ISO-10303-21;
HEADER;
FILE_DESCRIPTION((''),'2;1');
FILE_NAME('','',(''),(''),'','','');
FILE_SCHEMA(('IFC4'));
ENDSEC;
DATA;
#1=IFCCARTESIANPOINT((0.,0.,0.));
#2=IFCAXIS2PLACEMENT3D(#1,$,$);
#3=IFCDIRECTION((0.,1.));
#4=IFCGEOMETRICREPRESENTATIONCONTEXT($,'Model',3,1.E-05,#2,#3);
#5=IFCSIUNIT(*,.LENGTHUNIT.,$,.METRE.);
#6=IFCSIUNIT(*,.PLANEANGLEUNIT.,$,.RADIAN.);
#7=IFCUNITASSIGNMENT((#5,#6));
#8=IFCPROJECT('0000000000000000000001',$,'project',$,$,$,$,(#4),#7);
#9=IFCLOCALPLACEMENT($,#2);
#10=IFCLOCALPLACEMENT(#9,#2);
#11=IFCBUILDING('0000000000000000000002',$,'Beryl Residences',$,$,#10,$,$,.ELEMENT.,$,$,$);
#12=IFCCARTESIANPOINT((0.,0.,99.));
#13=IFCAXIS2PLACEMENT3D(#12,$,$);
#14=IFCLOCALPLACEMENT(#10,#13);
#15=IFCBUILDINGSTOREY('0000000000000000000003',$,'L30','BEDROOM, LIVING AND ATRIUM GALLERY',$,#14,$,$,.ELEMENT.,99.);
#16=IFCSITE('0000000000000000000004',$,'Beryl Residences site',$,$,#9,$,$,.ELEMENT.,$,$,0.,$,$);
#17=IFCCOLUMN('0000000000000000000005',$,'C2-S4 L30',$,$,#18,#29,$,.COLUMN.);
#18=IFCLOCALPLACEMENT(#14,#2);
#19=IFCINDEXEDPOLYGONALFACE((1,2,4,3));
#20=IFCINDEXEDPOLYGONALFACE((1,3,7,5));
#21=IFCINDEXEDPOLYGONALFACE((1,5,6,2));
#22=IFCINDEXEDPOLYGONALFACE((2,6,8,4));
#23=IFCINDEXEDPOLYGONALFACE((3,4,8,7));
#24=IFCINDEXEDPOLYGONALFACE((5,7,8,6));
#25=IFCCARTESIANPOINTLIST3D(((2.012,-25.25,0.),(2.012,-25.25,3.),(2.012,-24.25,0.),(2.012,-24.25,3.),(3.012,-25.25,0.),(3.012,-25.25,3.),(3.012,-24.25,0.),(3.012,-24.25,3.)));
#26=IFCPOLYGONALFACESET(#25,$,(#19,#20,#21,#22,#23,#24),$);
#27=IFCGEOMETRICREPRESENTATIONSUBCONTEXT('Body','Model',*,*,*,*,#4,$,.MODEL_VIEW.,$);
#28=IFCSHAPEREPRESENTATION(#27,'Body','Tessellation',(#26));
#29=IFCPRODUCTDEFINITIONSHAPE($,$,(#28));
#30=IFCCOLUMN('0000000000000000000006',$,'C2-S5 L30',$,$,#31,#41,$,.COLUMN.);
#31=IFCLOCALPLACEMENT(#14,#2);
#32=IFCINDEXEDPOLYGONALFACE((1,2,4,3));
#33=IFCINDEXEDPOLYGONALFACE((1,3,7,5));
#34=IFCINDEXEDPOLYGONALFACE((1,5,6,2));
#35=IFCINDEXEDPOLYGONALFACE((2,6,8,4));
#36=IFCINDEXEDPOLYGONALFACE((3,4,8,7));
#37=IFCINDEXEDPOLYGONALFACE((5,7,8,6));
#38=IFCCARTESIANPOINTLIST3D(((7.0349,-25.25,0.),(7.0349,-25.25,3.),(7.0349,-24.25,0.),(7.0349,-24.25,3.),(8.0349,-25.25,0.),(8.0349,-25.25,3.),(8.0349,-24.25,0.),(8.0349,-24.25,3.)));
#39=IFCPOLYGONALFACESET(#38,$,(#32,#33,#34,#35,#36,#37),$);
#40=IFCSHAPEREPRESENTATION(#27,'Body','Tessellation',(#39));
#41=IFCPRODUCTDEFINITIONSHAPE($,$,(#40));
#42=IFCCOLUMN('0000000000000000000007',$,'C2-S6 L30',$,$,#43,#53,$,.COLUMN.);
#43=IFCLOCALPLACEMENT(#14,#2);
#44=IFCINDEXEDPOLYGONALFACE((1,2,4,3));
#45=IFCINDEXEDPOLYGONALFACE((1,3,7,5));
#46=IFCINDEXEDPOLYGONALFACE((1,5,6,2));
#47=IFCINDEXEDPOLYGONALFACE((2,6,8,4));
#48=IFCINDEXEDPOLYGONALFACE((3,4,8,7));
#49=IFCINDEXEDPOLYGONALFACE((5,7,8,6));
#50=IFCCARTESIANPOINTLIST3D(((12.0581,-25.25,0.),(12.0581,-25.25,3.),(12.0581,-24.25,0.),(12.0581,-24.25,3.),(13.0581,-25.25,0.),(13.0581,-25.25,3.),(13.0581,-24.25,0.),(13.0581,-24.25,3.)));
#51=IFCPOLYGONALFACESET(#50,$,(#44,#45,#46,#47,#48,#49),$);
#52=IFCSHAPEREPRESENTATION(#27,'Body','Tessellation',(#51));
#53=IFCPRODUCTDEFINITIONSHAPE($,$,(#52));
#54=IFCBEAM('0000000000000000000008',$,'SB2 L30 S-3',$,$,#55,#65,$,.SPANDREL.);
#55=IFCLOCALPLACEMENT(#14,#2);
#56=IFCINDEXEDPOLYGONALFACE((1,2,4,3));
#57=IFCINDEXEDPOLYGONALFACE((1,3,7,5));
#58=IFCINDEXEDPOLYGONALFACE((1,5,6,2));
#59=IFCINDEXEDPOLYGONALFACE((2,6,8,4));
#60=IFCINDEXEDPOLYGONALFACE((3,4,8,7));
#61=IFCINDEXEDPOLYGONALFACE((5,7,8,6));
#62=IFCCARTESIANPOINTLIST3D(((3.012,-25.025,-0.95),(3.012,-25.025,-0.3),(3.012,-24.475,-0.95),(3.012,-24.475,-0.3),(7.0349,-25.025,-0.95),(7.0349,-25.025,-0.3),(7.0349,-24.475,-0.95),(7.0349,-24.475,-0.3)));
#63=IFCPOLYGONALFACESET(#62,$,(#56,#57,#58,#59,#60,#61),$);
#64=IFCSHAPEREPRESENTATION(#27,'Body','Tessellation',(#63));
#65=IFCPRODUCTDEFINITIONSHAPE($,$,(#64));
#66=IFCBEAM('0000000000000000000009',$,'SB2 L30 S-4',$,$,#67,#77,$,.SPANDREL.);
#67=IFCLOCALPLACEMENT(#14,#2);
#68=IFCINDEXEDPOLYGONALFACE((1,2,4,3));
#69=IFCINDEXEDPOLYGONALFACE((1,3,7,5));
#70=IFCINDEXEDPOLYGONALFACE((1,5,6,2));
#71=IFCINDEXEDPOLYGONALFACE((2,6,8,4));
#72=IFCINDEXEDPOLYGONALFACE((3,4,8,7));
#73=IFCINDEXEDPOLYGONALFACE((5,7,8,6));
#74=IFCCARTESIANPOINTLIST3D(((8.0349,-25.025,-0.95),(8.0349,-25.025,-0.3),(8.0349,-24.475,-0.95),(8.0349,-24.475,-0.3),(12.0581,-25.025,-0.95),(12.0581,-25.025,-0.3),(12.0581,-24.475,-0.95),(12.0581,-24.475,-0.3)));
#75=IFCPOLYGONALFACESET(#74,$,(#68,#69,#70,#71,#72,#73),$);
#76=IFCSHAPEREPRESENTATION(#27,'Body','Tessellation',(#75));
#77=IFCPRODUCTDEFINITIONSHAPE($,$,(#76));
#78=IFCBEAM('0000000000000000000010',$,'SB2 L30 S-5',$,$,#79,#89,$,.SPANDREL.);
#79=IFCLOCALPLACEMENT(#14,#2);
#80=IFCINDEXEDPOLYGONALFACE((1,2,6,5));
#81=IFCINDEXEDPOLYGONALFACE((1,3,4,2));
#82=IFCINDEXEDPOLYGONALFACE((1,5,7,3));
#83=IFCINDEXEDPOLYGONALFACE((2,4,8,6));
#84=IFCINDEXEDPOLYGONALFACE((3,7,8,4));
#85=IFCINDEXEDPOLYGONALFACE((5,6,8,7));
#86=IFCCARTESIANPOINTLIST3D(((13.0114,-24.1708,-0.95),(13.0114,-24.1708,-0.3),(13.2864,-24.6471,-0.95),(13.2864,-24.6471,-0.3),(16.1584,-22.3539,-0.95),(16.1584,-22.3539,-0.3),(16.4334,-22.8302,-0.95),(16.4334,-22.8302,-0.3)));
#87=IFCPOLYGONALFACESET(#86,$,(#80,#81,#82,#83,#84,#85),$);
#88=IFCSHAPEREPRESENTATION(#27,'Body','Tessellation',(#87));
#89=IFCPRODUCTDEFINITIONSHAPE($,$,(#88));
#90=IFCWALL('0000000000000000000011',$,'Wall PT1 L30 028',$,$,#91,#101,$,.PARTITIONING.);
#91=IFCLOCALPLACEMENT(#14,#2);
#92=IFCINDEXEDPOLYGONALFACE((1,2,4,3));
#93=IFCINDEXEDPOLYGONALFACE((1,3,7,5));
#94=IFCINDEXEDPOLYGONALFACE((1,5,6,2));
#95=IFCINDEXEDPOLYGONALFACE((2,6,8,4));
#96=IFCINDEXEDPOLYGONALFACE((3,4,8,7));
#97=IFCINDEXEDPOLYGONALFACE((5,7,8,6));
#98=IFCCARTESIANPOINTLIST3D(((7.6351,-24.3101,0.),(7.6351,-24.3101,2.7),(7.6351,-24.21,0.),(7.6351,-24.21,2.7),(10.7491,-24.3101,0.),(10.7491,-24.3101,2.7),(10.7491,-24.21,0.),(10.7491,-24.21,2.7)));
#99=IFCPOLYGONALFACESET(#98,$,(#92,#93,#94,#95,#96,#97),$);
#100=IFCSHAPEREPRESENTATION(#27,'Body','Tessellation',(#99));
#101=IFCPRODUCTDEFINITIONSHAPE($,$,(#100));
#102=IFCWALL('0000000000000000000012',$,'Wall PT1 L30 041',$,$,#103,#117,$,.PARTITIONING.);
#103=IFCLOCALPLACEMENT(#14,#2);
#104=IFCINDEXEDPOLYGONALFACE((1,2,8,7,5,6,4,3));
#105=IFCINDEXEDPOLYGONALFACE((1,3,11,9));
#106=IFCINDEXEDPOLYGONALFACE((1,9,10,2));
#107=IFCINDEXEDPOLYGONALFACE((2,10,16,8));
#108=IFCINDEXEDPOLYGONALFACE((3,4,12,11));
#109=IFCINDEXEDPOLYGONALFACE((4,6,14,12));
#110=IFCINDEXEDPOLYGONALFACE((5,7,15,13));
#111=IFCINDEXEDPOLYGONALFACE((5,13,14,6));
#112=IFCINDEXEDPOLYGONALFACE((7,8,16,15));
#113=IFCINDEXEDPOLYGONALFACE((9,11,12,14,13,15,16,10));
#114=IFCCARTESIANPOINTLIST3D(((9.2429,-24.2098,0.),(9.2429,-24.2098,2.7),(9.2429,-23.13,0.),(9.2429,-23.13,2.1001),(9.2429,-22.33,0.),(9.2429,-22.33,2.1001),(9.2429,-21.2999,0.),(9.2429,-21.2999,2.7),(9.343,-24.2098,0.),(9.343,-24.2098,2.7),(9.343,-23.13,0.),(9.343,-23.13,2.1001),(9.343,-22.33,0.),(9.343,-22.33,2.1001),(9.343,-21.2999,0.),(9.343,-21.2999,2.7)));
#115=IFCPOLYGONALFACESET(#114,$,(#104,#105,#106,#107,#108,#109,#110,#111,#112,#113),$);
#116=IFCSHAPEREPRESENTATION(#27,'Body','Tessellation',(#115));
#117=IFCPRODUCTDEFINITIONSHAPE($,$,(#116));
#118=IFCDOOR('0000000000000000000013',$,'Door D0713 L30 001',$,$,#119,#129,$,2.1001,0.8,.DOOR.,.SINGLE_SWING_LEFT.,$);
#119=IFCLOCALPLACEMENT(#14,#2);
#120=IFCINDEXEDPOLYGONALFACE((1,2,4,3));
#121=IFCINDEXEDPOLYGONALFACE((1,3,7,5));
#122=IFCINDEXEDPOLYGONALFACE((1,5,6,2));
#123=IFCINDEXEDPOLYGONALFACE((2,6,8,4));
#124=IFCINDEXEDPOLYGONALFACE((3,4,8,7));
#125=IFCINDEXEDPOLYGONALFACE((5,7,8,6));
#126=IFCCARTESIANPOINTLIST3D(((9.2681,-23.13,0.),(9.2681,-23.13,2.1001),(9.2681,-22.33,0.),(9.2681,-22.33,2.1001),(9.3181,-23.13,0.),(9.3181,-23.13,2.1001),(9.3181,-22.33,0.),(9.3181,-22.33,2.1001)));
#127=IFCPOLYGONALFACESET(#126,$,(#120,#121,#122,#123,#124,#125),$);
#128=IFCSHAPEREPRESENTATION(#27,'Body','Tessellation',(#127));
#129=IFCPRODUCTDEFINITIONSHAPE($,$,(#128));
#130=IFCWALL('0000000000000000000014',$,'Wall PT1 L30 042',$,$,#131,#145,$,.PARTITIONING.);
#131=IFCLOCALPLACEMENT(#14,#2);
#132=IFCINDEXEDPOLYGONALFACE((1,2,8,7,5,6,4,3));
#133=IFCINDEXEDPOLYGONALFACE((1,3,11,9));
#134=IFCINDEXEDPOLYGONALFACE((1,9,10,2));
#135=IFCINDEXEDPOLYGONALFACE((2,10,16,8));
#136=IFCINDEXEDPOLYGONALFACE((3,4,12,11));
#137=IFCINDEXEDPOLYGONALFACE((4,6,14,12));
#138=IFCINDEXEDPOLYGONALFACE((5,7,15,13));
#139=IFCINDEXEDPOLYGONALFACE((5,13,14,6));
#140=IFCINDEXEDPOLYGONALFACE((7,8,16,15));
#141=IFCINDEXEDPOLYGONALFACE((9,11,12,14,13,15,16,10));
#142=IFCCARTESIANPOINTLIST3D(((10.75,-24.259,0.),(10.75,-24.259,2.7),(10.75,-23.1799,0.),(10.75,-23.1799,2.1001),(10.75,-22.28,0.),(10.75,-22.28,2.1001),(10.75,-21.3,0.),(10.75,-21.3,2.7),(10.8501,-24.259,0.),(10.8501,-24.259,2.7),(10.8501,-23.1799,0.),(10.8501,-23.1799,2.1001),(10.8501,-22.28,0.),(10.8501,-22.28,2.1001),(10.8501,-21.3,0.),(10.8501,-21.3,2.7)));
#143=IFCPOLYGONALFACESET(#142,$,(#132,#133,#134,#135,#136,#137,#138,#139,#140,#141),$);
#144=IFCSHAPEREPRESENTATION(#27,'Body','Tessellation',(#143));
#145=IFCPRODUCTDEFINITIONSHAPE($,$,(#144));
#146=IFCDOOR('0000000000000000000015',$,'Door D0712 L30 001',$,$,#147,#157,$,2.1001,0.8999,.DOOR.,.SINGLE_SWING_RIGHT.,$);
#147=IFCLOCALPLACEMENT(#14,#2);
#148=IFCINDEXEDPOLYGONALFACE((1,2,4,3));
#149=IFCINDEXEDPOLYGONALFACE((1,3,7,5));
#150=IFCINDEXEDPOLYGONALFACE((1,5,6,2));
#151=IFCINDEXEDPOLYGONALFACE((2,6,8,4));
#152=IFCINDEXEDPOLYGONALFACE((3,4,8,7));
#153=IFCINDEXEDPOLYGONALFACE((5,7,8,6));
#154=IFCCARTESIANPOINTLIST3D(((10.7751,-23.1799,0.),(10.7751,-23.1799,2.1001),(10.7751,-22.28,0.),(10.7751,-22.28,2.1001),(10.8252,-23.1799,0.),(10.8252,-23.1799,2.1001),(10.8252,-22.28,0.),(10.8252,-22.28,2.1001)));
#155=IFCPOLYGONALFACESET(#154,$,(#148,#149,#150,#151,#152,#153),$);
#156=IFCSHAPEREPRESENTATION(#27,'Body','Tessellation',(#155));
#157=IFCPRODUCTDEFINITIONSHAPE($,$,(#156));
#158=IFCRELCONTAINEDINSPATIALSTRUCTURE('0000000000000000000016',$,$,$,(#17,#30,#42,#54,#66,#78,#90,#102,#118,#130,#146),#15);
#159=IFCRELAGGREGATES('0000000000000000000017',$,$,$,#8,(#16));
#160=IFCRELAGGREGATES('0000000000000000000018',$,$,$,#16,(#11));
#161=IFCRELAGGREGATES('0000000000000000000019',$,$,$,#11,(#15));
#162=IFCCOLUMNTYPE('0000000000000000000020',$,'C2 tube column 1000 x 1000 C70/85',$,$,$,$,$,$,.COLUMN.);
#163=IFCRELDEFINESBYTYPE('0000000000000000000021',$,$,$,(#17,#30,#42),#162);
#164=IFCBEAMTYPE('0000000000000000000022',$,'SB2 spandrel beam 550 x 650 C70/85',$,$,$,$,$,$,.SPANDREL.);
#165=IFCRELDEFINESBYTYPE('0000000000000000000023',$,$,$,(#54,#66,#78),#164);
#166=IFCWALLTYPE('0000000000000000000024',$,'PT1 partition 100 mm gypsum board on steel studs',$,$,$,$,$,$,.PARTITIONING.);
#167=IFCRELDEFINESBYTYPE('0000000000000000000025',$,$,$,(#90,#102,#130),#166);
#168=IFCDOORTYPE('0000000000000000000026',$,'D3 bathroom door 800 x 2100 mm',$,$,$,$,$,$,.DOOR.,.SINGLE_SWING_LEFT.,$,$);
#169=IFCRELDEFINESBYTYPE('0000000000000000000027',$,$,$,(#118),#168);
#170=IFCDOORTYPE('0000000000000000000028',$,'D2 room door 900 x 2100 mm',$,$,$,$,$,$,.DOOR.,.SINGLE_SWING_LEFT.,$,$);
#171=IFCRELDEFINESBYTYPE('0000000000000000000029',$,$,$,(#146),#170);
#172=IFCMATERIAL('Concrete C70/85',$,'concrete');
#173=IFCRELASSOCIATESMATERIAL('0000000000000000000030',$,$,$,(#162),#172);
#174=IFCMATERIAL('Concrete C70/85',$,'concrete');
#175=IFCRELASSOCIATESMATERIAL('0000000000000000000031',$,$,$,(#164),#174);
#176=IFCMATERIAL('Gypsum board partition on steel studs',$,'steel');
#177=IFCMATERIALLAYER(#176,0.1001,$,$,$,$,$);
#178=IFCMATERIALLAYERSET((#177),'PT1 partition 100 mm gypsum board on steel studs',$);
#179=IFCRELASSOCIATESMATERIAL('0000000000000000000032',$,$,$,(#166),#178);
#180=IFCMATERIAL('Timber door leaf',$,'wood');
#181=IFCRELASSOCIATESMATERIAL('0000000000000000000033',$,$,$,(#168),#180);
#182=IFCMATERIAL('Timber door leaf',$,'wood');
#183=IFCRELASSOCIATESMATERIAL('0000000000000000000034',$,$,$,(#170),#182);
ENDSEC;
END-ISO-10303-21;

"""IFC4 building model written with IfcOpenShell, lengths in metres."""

from ifc_helpers import new_model, si_unit, direction, frame, frame_2d, origin, origin_2d, place, context, subcontext, project, spatial, rectangle, extrude, material, layer, layer_set, material_profile, profile_set, type_object, element, fill, save


model = new_model("IFC4")

# Units and contexts
model_context = context("Model", 3, precision=1e-05, world=origin(), true_north=direction((0.0, 1.0)))
body_context = subcontext(model_context, "Body", "Model", "MODEL_VIEW")
ifc_project = project(units=[si_unit("LENGTHUNIT", "METRE"), si_unit("PLANEANGLEUNIT", "RADIAN")], contexts=[model_context])

# Site, building, storey
site_placement = place(None, origin())
site = spatial("IfcSite", under=ifc_project, at=site_placement, Name="Beryl Residences site", CompositionType="ELEMENT", RefElevation=0.0)
building_placement = place(site_placement, origin())
building = spatial("IfcBuilding", under=site, at=building_placement, Name="Beryl Residences", CompositionType="ELEMENT")
storey_placement = place(building_placement, frame((0.0, 0.0, 99.0)))
storey = spatial("IfcBuildingStorey", under=building, at=storey_placement, Name="L30", Description="BEDROOM, LIVING AND ATRIUM GALLERY", CompositionType="ELEMENT", Elevation=99.0)

# Columns
ifc_material_1 = material(Name="Concrete C70/85", Category="concrete")
ifc_material_profile_1 = material_profile(ifc_material_1, rectangle(XDim=1.0, YDim=1.0, at=origin_2d()))
ifc_profile_set_1 = profile_set([ifc_material_profile_1], Name="Concrete C70/85")
column_type = type_object("IfcColumnType", Name="C2 tube column 1000 x 1000 C70/85", PredefinedType="COLUMN", material=ifc_profile_set_1)
for number, where, z_axis, x_axis, name in (
    (1, (2.512, -24.75, 0.0), (0.0, 0.0, 1.0), (1.0, 0.0, 0.0), "C2-S4 L30"),
    (2, (7.5349, -24.75, 0.0), (0.0, 0.0, 1.0), (1.0, 0.0, 0.0), "C2-S5 L30"),
    (3, (12.5581, -24.75, 0.0), (0.0, 0.0, 1.0), (1.0, 0.0, 0.0), "C2-S6 L30"),
):
    element("IfcColumn", number, at=place(storey_placement, frame(where, z_axis=z_axis, x_axis=x_axis)), inside=storey, type_object=column_type, Name=name, PredefinedType="COLUMN", context=body_context, shape_type="SweptSolid", body=[
        extrude(rectangle(XDim=1.0, YDim=1.0, at=origin_2d()), origin(), (0.0, 0.0, 1.0), 3.0),
    ])

# Beams
ifc_material_2 = material(Name="Concrete C70/85", Category="concrete")
ifc_material_profile_2 = material_profile(ifc_material_2, rectangle(XDim=0.55, YDim=0.6499, at=origin_2d()))
ifc_profile_set_2 = profile_set([ifc_material_profile_2], Name="Concrete C70/85")
beam_type = type_object("IfcBeamType", Name="SB2 spandrel beam 550 x 650 C70/85", PredefinedType="SPANDREL", material=ifc_profile_set_2)
beam_1_placement = place(storey_placement, frame((3.012, -24.75, -0.625), z_axis=(1.0, 0.0, 0.0), x_axis=(0.0, 1.0, 0.0)))
element("IfcBeam", 4, at=beam_1_placement, inside=storey, type_object=beam_type, Name="SB2 L30 S-3", PredefinedType="SPANDREL", context=body_context, shape_type="SweptSolid", body=[
    extrude(rectangle(XDim=0.55, YDim=0.6499, at=origin_2d()), origin(), (0.0, 0.0, 1.0), 4.0229),
])
beam_2_placement = place(storey_placement, frame((8.0349, -24.75, -0.625), z_axis=(1.0, 0.0, 0.0), x_axis=(0.0, 1.0, 0.0)))
element("IfcBeam", 5, at=beam_2_placement, inside=storey, type_object=beam_type, Name="SB2 L30 S-4", PredefinedType="SPANDREL", context=body_context, shape_type="SweptSolid", body=[
    extrude(rectangle(XDim=0.55, YDim=0.6499, at=origin_2d()), origin(), (0.0, 0.0, 1.0), 4.0232),
])
beam_3_placement = place(storey_placement, frame((13.1489, -24.4089, -0.625), z_axis=(0.866027, 0.499998, 0.0), x_axis=(-0.499998, 0.866027, 0.0)))
element("IfcBeam", 6, at=beam_3_placement, inside=storey, type_object=beam_type, Name="SB2 L30 S-5", PredefinedType="SPANDREL", context=body_context, shape_type="SweptSolid", body=[
    extrude(rectangle(XDim=0.55, YDim=0.6499, at=origin_2d()), origin(), (0.0, 0.0, 1.0), 3.6338),
])

# Wall
ifc_material_3 = material(Name="Gypsum board partition on steel studs", Category="steel")
ifc_layer_1 = layer(ifc_material_3, 0.1001)
ifc_layer_set_1 = layer_set([ifc_layer_1], Name="PT1 partition 100 mm gypsum board on steel studs")
wall_type_1 = type_object("IfcWallType", Name="PT1 partition 100 mm gypsum board on steel studs", PredefinedType="PARTITIONING", material=ifc_layer_set_1)
wall_1_placement = place(storey_placement, frame((7.635, -24.26, 0.0), z_axis=(0.0, 0.0, 1.0), x_axis=(1.0, 0.0, 0.0)))
element("IfcWall", 7, at=wall_1_placement, inside=storey, type_object=wall_type_1, Name="Wall PT1 L30 028", PredefinedType="PARTITIONING", context=body_context, shape_type="SweptSolid", body=[
    extrude(rectangle(XDim=3.114, YDim=0.1001, at=frame_2d((1.5571, 0.0))), origin(), (0.0, 0.0, 1.0), 2.7),
])

# Walls, openings, doors
wall_2_placement = place(storey_placement, frame((9.293, -24.21, 0.0), z_axis=(0.0, 0.0, 1.0), x_axis=(0.0, 1.0, 0.0)))
wall_2 = element("IfcWall", 8, at=wall_2_placement, inside=storey, type_object=wall_type_1, Name="Wall PT1 L30 041", PredefinedType="PARTITIONING", context=body_context, shape_type="SweptSolid", body=[
    extrude(rectangle(XDim=2.9099, YDim=0.1001, at=frame_2d((1.4551, 0.0))), origin(), (0.0, 0.0, 1.0), 2.7),
])
opening_1_placement = place(wall_2_placement, frame((1.0801, 0.0, 0.0)))
opening_1 = element("IfcOpeningElement", 9, at=opening_1_placement, cuts=wall_2, PredefinedType="OPENING", context=body_context, shape_type="SweptSolid", body=[
    extrude(rectangle(XDim=0.8, YDim=2.1001, at=frame_2d((0.3999, 1.05))), frame((0.0, 0.0601, 0.0), z_axis=(0.0, -1.0, 0.0), x_axis=(1.0, 0.0, 0.0)), (0.0, 0.0, 1.0), 0.1201),
])
ifc_material_4 = material(Name="Timber door leaf", Category="wood")
door_type_1 = type_object("IfcDoorType", Name="D3 bathroom door 800 x 2100 mm", OperationType="SINGLE_SWING_LEFT", PredefinedType="DOOR", material=ifc_material_4)
door_1_placement = place(opening_1_placement, origin())
door_1 = element("IfcDoor", 10, at=door_1_placement, inside=storey, type_object=door_type_1, Name="Door D0713 L30 001", OperationType="SINGLE_SWING_LEFT", OverallHeight=2.1001, OverallWidth=0.8, PredefinedType="DOOR", context=body_context, shape_type="SweptSolid", body=[
    extrude(rectangle(XDim=0.8, YDim=2.1001, at=frame_2d((0.3999, 1.05))), frame((0.0, 0.0249, 0.0), z_axis=(0.0, -1.0, 0.0), x_axis=(1.0, 0.0, 0.0)), (0.0, 0.0, 1.0), 0.05),
])
fill(opening_1, door_1)
wall_3_placement = place(storey_placement, frame((10.8, -24.259, 0.0), z_axis=(0.0, 0.0, 1.0), x_axis=(0.0, 1.0, 0.0)))
wall_3 = element("IfcWall", 11, at=wall_3_placement, inside=storey, type_object=wall_type_1, Name="Wall PT1 L30 042", PredefinedType="PARTITIONING", context=body_context, shape_type="SweptSolid", body=[
    extrude(rectangle(XDim=2.959, YDim=0.1001, at=frame_2d((1.4795, 0.0))), origin(), (0.0, 0.0, 1.0), 2.7),
])
opening_2_placement = place(wall_3_placement, frame((1.0791, 0.0, 0.0)))
opening_2 = element("IfcOpeningElement", 12, at=opening_2_placement, cuts=wall_3, PredefinedType="OPENING", context=body_context, shape_type="SweptSolid", body=[
    extrude(rectangle(XDim=0.8999, YDim=2.1001, at=frame_2d((0.45, 1.05))), frame((0.0, 0.0601, 0.0), z_axis=(0.0, -1.0, 0.0), x_axis=(1.0, 0.0, 0.0)), (0.0, 0.0, 1.0), 0.1201),
])
ifc_material_5 = material(Name="Timber door leaf", Category="wood")
door_type_2 = type_object("IfcDoorType", Name="D2 room door 900 x 2100 mm", OperationType="SINGLE_SWING_LEFT", PredefinedType="DOOR", material=ifc_material_5)
door_2_placement = place(opening_2_placement, origin())
door_2 = element("IfcDoor", 13, at=door_2_placement, inside=storey, type_object=door_type_2, Name="Door D0712 L30 001", OperationType="SINGLE_SWING_RIGHT", OverallHeight=2.1001, OverallWidth=0.8999, PredefinedType="DOOR", context=body_context, shape_type="SweptSolid", body=[
    extrude(rectangle(XDim=0.8999, YDim=2.1001, at=frame_2d((0.45, 1.05))), frame((0.0, 0.0249, 0.0), z_axis=(0.0, -1.0, 0.0), x_axis=(1.0, 0.0, 0.0)), (0.0, 0.0, 1.0), 0.05),
])
fill(opening_2, door_2)

save(model, "model.ifc")
